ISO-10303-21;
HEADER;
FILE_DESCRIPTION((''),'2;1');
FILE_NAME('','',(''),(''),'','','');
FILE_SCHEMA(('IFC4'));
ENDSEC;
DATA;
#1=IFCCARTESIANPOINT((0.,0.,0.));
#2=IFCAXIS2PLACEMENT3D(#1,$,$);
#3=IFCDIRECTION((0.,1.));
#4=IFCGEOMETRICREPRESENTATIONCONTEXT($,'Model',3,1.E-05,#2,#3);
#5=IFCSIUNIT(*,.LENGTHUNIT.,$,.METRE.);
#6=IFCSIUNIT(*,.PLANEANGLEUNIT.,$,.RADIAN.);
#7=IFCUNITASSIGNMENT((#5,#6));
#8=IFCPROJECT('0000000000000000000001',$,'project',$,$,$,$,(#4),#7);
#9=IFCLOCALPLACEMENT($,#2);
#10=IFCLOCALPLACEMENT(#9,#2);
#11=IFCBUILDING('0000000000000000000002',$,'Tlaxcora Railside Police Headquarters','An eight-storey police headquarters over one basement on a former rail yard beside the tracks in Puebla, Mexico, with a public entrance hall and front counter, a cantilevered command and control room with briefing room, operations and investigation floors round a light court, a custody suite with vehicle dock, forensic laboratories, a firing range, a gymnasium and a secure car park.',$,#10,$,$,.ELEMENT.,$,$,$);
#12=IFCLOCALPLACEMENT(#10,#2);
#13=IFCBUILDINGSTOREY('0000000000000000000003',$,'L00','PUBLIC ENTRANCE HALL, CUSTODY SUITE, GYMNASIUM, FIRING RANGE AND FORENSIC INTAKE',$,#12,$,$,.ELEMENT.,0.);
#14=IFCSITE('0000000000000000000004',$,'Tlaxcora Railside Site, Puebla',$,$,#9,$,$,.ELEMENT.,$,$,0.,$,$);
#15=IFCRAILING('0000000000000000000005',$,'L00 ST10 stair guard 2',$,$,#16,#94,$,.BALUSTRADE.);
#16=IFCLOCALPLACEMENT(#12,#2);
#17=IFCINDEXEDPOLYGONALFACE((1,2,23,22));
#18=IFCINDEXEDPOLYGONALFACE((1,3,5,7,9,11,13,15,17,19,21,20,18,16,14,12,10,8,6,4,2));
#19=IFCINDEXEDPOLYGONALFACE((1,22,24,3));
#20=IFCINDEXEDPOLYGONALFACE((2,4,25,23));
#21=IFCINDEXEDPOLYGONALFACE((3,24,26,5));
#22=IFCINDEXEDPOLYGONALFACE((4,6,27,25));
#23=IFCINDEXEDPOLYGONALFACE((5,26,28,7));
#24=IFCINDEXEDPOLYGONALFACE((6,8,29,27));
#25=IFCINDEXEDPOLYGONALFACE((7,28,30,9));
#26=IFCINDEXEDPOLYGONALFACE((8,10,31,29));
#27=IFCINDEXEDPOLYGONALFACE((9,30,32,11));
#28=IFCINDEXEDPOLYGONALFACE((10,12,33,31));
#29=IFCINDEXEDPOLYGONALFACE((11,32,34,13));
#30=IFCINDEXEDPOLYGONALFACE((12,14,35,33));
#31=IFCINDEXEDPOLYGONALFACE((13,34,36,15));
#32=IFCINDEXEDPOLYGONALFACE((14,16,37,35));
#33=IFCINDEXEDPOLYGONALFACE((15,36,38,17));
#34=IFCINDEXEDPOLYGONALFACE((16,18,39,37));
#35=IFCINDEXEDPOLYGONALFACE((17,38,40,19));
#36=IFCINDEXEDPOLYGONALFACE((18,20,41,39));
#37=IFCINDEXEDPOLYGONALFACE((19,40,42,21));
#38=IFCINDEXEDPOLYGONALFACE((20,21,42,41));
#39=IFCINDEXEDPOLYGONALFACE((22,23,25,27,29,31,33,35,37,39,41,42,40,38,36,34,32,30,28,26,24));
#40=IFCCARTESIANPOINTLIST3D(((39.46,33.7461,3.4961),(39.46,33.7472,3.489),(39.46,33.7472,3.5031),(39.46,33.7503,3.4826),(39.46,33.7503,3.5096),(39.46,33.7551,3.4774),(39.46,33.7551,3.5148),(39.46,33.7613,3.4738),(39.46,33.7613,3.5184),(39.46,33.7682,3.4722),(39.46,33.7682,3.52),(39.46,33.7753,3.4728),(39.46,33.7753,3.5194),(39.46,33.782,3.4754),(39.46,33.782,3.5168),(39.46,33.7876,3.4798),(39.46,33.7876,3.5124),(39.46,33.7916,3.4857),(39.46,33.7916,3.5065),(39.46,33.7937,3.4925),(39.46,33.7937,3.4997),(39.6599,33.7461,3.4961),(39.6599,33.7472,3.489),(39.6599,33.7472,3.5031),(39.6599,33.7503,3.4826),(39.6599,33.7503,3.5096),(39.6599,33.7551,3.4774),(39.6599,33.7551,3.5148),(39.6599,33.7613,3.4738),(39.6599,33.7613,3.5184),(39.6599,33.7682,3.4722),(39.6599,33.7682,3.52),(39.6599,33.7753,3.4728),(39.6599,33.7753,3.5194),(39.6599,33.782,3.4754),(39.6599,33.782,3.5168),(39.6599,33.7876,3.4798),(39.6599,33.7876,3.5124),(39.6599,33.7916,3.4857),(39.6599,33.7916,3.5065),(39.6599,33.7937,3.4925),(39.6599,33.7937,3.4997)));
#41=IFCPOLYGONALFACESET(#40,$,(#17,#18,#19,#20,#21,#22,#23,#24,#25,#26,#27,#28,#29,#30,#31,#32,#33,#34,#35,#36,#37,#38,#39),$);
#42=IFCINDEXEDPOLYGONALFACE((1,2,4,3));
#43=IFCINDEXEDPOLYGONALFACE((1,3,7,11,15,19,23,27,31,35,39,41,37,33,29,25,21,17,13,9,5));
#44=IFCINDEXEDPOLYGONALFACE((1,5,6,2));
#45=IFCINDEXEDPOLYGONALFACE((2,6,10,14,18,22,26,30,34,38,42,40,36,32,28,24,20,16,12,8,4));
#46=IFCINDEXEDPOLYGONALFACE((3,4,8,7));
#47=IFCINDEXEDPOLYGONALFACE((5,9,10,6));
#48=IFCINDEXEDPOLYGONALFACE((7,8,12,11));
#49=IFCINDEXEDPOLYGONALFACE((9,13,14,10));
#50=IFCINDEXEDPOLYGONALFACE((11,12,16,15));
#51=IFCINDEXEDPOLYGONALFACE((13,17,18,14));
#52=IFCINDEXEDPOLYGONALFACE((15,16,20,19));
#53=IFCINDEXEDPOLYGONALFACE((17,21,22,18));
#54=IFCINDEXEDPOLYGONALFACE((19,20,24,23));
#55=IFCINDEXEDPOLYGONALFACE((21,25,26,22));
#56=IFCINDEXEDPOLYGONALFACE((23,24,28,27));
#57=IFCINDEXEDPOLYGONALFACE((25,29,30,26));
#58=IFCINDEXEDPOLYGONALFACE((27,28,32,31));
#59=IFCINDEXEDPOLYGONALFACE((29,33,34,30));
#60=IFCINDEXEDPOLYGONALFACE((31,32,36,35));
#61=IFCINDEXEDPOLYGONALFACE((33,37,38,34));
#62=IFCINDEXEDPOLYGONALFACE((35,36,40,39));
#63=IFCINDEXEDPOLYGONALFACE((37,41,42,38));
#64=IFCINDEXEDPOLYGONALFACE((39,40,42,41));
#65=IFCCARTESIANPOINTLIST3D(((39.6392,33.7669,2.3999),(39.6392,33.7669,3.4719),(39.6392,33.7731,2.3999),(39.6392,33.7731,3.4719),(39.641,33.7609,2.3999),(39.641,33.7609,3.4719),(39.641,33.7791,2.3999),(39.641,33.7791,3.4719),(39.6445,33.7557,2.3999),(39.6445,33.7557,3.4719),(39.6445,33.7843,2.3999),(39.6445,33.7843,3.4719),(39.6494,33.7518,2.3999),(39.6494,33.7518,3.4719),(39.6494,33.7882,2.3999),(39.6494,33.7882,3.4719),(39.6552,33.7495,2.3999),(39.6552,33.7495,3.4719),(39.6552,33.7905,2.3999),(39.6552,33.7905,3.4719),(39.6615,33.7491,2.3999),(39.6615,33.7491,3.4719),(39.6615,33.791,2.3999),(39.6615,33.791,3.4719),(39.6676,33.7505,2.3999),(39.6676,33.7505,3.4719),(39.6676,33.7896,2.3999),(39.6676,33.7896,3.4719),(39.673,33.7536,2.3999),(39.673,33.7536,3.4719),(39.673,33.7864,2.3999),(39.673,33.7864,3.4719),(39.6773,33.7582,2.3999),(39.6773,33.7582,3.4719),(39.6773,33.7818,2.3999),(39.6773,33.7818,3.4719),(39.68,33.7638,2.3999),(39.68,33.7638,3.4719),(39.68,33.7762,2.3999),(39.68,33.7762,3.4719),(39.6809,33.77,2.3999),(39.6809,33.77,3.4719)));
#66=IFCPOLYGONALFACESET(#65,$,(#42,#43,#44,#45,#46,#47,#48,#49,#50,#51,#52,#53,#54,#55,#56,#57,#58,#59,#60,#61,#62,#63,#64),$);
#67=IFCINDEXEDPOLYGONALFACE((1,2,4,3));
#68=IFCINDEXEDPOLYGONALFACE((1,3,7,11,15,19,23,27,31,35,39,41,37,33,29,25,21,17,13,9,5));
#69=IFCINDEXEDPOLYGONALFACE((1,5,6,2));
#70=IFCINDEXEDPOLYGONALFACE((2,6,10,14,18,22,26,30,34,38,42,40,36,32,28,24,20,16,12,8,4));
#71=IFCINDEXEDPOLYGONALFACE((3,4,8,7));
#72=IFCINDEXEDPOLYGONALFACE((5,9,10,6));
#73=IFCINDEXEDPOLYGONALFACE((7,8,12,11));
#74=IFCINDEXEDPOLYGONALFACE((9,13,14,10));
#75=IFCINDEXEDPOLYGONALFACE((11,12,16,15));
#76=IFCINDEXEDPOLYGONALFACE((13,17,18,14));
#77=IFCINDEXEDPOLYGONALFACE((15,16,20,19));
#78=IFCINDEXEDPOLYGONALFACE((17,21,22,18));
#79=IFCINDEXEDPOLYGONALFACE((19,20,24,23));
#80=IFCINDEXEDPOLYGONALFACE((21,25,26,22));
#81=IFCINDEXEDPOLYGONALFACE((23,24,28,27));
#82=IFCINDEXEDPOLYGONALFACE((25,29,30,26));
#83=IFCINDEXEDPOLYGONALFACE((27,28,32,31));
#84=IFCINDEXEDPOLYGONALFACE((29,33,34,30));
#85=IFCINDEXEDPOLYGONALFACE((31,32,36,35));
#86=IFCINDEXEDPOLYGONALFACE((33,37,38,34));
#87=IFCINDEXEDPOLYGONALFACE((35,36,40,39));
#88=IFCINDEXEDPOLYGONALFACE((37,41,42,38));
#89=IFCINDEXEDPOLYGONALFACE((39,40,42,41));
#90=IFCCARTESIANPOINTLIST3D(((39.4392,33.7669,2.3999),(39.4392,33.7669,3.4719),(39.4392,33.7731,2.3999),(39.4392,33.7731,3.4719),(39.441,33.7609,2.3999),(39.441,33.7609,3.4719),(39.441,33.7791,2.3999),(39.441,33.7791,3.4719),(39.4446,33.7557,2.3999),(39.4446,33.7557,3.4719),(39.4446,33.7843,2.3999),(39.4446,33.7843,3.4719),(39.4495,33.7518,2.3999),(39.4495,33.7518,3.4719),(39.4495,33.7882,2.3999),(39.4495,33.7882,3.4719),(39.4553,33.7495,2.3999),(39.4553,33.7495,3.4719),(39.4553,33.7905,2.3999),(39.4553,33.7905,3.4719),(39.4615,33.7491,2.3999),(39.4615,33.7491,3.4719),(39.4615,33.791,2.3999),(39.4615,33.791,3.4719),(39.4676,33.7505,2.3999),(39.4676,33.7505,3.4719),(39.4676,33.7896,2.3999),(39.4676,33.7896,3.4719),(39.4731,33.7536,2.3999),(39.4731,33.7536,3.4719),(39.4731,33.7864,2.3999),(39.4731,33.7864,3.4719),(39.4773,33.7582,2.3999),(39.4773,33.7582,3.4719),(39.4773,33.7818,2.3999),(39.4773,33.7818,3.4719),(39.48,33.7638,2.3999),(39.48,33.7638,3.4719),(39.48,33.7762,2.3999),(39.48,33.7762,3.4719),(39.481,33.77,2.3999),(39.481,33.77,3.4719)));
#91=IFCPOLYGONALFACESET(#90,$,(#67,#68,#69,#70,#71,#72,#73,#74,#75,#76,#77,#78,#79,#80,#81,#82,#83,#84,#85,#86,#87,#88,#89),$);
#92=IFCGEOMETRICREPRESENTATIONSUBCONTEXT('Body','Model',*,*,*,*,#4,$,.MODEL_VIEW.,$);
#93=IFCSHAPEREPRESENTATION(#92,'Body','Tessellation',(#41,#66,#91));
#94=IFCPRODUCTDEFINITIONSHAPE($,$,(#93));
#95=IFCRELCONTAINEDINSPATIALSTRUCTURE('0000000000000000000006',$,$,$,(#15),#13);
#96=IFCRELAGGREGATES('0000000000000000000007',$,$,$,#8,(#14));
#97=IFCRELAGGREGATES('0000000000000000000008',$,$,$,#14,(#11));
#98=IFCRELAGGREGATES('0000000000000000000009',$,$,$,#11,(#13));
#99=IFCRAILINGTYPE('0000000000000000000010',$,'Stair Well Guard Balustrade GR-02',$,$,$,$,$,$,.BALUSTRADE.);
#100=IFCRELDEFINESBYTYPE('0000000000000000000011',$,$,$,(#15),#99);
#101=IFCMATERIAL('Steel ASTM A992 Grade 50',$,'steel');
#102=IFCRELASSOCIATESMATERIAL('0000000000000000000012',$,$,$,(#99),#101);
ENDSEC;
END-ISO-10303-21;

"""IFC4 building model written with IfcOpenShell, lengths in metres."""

from ifc_helpers import new_model, si_unit, direction, frame, origin, origin_2d, place, context, subcontext, project, spatial, circle, extrude, material, type_object, element, save


model = new_model("IFC4")

# Units and contexts
model_context = context("Model", 3, precision=1e-05, world=origin(), true_north=direction((0.0, 1.0)))
body_context = subcontext(model_context, "Body", "Model", "MODEL_VIEW")
ifc_project = project(units=[si_unit("LENGTHUNIT", "METRE"), si_unit("PLANEANGLEUNIT", "RADIAN")], contexts=[model_context])

# Site, building, storey
site_placement = place(None, origin())
site = spatial("IfcSite", under=ifc_project, at=site_placement, Name="Tlaxcora Railside Site, Puebla", CompositionType="ELEMENT", RefElevation=0.0)
building_placement = place(site_placement, origin())
building = spatial("IfcBuilding", under=site, at=building_placement, Name="Tlaxcora Railside Police Headquarters", Description="An eight-storey police headquarters over one basement on a former rail yard beside the tracks in Puebla, Mexico, with a public entrance hall and front counter, a cantilevered command and control room with briefing room, operations and investigation floors round a light court, a custody suite with vehicle dock, forensic laboratories, a firing range, a gymnasium and a secure car park.", CompositionType="ELEMENT")
storey_placement = place(building_placement, origin())
storey = spatial("IfcBuildingStorey", under=building, at=storey_placement, Name="L00", Description="PUBLIC ENTRANCE HALL, CUSTODY SUITE, GYMNASIUM, FIRING RANGE AND FORENSIC INTAKE", CompositionType="ELEMENT", Elevation=0.0)

# Shared definitions
ifc_material_1 = material(Name="Steel ASTM A992 Grade 50", Category="steel")

# Railing
railing_type_1 = type_object("IfcRailingType", Name="Stair Well Guard Balustrade GR-02", PredefinedType="BALUSTRADE", material=ifc_material_1)
railing_1_placement = place(storey_placement, frame((39.6599, 33.77, 2.3999)))
element("IfcRailing", 1, at=railing_1_placement, inside=storey, type_object=railing_type_1, Name="L00 ST10 stair guard 2", PredefinedType="BALUSTRADE", context=body_context, shape_type="SweptSolid", body=[
    extrude(circle(Radius=0.0239, at=origin_2d()), frame((0.0, 0.0, 1.0962), z_axis=(-1.0, 0.0, 0.0), x_axis=(0.0, -1.0, 0.0)), (0.0, 0.0, 1.0), 0.2),
    extrude(circle(Radius=0.021, at=origin_2d()), origin(), (0.0, 0.0, 1.0), 1.072),
    extrude(circle(Radius=0.021, at=origin_2d()), frame((-0.2, 0.0, 0.0)), (0.0, 0.0, 1.0), 1.072),
])

save(model, "model.ifc")
